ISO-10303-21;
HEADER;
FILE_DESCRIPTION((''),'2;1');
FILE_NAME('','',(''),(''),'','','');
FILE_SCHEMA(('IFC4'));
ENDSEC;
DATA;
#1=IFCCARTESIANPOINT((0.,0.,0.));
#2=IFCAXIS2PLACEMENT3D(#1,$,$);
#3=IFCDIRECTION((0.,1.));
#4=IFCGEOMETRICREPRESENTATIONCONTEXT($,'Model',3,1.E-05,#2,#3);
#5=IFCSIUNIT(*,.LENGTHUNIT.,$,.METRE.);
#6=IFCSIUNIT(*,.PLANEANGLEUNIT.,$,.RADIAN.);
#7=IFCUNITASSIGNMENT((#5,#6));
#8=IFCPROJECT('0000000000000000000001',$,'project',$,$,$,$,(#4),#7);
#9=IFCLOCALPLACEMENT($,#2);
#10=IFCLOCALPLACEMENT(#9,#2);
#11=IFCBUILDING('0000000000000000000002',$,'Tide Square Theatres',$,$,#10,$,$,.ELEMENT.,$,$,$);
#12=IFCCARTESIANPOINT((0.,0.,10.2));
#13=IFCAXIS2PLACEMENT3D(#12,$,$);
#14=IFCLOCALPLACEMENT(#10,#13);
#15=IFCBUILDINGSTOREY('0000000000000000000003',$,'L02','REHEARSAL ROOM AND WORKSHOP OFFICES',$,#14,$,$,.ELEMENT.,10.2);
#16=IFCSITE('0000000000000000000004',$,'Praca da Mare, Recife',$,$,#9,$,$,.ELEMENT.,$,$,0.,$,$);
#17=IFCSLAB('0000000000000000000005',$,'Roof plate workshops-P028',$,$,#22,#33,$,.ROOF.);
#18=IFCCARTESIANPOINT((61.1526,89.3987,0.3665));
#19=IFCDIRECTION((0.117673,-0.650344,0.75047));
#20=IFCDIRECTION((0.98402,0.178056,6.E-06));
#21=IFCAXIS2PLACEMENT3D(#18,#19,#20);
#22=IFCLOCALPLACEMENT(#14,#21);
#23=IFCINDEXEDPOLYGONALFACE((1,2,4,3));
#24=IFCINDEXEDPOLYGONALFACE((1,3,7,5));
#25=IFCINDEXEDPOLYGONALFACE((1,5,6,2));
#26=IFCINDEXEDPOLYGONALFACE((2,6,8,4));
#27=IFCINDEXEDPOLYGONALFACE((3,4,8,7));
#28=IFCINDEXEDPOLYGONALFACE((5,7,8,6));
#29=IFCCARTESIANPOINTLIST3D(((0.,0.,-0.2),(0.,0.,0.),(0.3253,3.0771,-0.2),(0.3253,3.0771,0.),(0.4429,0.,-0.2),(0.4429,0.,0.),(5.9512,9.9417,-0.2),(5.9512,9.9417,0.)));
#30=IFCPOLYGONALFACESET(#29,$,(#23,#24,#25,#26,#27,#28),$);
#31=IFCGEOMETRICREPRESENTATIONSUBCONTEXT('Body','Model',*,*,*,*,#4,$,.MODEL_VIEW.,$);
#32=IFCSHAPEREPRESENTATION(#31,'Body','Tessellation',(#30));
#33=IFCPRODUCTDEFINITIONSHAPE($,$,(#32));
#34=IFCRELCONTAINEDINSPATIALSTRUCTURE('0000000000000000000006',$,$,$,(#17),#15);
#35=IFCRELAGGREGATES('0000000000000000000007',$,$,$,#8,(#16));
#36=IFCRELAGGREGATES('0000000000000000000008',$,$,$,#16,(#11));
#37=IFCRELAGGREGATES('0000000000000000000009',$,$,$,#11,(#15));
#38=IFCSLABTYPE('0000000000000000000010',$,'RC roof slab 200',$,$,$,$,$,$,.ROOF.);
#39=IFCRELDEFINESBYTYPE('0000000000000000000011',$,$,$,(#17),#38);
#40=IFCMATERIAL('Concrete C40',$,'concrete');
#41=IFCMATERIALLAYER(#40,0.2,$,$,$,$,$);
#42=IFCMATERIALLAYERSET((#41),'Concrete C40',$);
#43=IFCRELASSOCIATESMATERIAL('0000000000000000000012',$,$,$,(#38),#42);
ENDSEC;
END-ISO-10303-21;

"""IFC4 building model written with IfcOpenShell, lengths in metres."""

from ifc_helpers import new_model, si_unit, direction, frame, origin, place, context, subcontext, project, spatial, polyline, outline, extrude, material, layer, layer_set, type_object, element, save


model = new_model("IFC4")

# Units and contexts
model_context = context("Model", 3, precision=1e-05, world=origin(), true_north=direction((0.0, 1.0)))
body_context = subcontext(model_context, "Body", "Model", "MODEL_VIEW")
ifc_project = project(units=[si_unit("LENGTHUNIT", "METRE"), si_unit("PLANEANGLEUNIT", "RADIAN")], contexts=[model_context])

# Site, building, storey
site_placement = place(None, origin())
site = spatial("IfcSite", under=ifc_project, at=site_placement, Name="Praca da Mare, Recife", CompositionType="ELEMENT", RefElevation=0.0)
building_placement = place(site_placement, origin())
building = spatial("IfcBuilding", under=site, at=building_placement, Name="Tide Square Theatres", CompositionType="ELEMENT")
storey_placement = place(building_placement, frame((0.0, 0.0, 10.2)))
storey = spatial("IfcBuildingStorey", under=building, at=storey_placement, Name="L02", Description="REHEARSAL ROOM AND WORKSHOP OFFICES", CompositionType="ELEMENT", Elevation=10.2)

# Slab
ifc_material_1 = material(Name="Concrete C40", Category="concrete")
ifc_layer_1 = layer(ifc_material_1, 0.2)
ifc_layer_set_1 = layer_set([ifc_layer_1], Name="Concrete C40")
slab_type = type_object("IfcSlabType", Name="RC roof slab 200", PredefinedType="ROOF", material=ifc_layer_set_1)
slab_1_placement = place(storey_placement, frame((61.1526, 89.3987, 0.3665), z_axis=(0.117673, -0.650344, 0.75047), x_axis=(0.98402, 0.178056, 0.000006)))
element("IfcSlab", 1, at=slab_1_placement, inside=storey, type_object=slab_type, Name="Roof plate workshops-P028", PredefinedType="ROOF", context=body_context, shape_type="SweptSolid", body=[
    extrude(outline(polyline([(0.0, 0.0), (0.4429, 0.0), (5.9512, 9.9417), (0.3253, 3.0771), (0.0, 0.0)])), origin(), (0.0, 0.0, -1.0), 0.2),
])

save(model, "model.ifc")
